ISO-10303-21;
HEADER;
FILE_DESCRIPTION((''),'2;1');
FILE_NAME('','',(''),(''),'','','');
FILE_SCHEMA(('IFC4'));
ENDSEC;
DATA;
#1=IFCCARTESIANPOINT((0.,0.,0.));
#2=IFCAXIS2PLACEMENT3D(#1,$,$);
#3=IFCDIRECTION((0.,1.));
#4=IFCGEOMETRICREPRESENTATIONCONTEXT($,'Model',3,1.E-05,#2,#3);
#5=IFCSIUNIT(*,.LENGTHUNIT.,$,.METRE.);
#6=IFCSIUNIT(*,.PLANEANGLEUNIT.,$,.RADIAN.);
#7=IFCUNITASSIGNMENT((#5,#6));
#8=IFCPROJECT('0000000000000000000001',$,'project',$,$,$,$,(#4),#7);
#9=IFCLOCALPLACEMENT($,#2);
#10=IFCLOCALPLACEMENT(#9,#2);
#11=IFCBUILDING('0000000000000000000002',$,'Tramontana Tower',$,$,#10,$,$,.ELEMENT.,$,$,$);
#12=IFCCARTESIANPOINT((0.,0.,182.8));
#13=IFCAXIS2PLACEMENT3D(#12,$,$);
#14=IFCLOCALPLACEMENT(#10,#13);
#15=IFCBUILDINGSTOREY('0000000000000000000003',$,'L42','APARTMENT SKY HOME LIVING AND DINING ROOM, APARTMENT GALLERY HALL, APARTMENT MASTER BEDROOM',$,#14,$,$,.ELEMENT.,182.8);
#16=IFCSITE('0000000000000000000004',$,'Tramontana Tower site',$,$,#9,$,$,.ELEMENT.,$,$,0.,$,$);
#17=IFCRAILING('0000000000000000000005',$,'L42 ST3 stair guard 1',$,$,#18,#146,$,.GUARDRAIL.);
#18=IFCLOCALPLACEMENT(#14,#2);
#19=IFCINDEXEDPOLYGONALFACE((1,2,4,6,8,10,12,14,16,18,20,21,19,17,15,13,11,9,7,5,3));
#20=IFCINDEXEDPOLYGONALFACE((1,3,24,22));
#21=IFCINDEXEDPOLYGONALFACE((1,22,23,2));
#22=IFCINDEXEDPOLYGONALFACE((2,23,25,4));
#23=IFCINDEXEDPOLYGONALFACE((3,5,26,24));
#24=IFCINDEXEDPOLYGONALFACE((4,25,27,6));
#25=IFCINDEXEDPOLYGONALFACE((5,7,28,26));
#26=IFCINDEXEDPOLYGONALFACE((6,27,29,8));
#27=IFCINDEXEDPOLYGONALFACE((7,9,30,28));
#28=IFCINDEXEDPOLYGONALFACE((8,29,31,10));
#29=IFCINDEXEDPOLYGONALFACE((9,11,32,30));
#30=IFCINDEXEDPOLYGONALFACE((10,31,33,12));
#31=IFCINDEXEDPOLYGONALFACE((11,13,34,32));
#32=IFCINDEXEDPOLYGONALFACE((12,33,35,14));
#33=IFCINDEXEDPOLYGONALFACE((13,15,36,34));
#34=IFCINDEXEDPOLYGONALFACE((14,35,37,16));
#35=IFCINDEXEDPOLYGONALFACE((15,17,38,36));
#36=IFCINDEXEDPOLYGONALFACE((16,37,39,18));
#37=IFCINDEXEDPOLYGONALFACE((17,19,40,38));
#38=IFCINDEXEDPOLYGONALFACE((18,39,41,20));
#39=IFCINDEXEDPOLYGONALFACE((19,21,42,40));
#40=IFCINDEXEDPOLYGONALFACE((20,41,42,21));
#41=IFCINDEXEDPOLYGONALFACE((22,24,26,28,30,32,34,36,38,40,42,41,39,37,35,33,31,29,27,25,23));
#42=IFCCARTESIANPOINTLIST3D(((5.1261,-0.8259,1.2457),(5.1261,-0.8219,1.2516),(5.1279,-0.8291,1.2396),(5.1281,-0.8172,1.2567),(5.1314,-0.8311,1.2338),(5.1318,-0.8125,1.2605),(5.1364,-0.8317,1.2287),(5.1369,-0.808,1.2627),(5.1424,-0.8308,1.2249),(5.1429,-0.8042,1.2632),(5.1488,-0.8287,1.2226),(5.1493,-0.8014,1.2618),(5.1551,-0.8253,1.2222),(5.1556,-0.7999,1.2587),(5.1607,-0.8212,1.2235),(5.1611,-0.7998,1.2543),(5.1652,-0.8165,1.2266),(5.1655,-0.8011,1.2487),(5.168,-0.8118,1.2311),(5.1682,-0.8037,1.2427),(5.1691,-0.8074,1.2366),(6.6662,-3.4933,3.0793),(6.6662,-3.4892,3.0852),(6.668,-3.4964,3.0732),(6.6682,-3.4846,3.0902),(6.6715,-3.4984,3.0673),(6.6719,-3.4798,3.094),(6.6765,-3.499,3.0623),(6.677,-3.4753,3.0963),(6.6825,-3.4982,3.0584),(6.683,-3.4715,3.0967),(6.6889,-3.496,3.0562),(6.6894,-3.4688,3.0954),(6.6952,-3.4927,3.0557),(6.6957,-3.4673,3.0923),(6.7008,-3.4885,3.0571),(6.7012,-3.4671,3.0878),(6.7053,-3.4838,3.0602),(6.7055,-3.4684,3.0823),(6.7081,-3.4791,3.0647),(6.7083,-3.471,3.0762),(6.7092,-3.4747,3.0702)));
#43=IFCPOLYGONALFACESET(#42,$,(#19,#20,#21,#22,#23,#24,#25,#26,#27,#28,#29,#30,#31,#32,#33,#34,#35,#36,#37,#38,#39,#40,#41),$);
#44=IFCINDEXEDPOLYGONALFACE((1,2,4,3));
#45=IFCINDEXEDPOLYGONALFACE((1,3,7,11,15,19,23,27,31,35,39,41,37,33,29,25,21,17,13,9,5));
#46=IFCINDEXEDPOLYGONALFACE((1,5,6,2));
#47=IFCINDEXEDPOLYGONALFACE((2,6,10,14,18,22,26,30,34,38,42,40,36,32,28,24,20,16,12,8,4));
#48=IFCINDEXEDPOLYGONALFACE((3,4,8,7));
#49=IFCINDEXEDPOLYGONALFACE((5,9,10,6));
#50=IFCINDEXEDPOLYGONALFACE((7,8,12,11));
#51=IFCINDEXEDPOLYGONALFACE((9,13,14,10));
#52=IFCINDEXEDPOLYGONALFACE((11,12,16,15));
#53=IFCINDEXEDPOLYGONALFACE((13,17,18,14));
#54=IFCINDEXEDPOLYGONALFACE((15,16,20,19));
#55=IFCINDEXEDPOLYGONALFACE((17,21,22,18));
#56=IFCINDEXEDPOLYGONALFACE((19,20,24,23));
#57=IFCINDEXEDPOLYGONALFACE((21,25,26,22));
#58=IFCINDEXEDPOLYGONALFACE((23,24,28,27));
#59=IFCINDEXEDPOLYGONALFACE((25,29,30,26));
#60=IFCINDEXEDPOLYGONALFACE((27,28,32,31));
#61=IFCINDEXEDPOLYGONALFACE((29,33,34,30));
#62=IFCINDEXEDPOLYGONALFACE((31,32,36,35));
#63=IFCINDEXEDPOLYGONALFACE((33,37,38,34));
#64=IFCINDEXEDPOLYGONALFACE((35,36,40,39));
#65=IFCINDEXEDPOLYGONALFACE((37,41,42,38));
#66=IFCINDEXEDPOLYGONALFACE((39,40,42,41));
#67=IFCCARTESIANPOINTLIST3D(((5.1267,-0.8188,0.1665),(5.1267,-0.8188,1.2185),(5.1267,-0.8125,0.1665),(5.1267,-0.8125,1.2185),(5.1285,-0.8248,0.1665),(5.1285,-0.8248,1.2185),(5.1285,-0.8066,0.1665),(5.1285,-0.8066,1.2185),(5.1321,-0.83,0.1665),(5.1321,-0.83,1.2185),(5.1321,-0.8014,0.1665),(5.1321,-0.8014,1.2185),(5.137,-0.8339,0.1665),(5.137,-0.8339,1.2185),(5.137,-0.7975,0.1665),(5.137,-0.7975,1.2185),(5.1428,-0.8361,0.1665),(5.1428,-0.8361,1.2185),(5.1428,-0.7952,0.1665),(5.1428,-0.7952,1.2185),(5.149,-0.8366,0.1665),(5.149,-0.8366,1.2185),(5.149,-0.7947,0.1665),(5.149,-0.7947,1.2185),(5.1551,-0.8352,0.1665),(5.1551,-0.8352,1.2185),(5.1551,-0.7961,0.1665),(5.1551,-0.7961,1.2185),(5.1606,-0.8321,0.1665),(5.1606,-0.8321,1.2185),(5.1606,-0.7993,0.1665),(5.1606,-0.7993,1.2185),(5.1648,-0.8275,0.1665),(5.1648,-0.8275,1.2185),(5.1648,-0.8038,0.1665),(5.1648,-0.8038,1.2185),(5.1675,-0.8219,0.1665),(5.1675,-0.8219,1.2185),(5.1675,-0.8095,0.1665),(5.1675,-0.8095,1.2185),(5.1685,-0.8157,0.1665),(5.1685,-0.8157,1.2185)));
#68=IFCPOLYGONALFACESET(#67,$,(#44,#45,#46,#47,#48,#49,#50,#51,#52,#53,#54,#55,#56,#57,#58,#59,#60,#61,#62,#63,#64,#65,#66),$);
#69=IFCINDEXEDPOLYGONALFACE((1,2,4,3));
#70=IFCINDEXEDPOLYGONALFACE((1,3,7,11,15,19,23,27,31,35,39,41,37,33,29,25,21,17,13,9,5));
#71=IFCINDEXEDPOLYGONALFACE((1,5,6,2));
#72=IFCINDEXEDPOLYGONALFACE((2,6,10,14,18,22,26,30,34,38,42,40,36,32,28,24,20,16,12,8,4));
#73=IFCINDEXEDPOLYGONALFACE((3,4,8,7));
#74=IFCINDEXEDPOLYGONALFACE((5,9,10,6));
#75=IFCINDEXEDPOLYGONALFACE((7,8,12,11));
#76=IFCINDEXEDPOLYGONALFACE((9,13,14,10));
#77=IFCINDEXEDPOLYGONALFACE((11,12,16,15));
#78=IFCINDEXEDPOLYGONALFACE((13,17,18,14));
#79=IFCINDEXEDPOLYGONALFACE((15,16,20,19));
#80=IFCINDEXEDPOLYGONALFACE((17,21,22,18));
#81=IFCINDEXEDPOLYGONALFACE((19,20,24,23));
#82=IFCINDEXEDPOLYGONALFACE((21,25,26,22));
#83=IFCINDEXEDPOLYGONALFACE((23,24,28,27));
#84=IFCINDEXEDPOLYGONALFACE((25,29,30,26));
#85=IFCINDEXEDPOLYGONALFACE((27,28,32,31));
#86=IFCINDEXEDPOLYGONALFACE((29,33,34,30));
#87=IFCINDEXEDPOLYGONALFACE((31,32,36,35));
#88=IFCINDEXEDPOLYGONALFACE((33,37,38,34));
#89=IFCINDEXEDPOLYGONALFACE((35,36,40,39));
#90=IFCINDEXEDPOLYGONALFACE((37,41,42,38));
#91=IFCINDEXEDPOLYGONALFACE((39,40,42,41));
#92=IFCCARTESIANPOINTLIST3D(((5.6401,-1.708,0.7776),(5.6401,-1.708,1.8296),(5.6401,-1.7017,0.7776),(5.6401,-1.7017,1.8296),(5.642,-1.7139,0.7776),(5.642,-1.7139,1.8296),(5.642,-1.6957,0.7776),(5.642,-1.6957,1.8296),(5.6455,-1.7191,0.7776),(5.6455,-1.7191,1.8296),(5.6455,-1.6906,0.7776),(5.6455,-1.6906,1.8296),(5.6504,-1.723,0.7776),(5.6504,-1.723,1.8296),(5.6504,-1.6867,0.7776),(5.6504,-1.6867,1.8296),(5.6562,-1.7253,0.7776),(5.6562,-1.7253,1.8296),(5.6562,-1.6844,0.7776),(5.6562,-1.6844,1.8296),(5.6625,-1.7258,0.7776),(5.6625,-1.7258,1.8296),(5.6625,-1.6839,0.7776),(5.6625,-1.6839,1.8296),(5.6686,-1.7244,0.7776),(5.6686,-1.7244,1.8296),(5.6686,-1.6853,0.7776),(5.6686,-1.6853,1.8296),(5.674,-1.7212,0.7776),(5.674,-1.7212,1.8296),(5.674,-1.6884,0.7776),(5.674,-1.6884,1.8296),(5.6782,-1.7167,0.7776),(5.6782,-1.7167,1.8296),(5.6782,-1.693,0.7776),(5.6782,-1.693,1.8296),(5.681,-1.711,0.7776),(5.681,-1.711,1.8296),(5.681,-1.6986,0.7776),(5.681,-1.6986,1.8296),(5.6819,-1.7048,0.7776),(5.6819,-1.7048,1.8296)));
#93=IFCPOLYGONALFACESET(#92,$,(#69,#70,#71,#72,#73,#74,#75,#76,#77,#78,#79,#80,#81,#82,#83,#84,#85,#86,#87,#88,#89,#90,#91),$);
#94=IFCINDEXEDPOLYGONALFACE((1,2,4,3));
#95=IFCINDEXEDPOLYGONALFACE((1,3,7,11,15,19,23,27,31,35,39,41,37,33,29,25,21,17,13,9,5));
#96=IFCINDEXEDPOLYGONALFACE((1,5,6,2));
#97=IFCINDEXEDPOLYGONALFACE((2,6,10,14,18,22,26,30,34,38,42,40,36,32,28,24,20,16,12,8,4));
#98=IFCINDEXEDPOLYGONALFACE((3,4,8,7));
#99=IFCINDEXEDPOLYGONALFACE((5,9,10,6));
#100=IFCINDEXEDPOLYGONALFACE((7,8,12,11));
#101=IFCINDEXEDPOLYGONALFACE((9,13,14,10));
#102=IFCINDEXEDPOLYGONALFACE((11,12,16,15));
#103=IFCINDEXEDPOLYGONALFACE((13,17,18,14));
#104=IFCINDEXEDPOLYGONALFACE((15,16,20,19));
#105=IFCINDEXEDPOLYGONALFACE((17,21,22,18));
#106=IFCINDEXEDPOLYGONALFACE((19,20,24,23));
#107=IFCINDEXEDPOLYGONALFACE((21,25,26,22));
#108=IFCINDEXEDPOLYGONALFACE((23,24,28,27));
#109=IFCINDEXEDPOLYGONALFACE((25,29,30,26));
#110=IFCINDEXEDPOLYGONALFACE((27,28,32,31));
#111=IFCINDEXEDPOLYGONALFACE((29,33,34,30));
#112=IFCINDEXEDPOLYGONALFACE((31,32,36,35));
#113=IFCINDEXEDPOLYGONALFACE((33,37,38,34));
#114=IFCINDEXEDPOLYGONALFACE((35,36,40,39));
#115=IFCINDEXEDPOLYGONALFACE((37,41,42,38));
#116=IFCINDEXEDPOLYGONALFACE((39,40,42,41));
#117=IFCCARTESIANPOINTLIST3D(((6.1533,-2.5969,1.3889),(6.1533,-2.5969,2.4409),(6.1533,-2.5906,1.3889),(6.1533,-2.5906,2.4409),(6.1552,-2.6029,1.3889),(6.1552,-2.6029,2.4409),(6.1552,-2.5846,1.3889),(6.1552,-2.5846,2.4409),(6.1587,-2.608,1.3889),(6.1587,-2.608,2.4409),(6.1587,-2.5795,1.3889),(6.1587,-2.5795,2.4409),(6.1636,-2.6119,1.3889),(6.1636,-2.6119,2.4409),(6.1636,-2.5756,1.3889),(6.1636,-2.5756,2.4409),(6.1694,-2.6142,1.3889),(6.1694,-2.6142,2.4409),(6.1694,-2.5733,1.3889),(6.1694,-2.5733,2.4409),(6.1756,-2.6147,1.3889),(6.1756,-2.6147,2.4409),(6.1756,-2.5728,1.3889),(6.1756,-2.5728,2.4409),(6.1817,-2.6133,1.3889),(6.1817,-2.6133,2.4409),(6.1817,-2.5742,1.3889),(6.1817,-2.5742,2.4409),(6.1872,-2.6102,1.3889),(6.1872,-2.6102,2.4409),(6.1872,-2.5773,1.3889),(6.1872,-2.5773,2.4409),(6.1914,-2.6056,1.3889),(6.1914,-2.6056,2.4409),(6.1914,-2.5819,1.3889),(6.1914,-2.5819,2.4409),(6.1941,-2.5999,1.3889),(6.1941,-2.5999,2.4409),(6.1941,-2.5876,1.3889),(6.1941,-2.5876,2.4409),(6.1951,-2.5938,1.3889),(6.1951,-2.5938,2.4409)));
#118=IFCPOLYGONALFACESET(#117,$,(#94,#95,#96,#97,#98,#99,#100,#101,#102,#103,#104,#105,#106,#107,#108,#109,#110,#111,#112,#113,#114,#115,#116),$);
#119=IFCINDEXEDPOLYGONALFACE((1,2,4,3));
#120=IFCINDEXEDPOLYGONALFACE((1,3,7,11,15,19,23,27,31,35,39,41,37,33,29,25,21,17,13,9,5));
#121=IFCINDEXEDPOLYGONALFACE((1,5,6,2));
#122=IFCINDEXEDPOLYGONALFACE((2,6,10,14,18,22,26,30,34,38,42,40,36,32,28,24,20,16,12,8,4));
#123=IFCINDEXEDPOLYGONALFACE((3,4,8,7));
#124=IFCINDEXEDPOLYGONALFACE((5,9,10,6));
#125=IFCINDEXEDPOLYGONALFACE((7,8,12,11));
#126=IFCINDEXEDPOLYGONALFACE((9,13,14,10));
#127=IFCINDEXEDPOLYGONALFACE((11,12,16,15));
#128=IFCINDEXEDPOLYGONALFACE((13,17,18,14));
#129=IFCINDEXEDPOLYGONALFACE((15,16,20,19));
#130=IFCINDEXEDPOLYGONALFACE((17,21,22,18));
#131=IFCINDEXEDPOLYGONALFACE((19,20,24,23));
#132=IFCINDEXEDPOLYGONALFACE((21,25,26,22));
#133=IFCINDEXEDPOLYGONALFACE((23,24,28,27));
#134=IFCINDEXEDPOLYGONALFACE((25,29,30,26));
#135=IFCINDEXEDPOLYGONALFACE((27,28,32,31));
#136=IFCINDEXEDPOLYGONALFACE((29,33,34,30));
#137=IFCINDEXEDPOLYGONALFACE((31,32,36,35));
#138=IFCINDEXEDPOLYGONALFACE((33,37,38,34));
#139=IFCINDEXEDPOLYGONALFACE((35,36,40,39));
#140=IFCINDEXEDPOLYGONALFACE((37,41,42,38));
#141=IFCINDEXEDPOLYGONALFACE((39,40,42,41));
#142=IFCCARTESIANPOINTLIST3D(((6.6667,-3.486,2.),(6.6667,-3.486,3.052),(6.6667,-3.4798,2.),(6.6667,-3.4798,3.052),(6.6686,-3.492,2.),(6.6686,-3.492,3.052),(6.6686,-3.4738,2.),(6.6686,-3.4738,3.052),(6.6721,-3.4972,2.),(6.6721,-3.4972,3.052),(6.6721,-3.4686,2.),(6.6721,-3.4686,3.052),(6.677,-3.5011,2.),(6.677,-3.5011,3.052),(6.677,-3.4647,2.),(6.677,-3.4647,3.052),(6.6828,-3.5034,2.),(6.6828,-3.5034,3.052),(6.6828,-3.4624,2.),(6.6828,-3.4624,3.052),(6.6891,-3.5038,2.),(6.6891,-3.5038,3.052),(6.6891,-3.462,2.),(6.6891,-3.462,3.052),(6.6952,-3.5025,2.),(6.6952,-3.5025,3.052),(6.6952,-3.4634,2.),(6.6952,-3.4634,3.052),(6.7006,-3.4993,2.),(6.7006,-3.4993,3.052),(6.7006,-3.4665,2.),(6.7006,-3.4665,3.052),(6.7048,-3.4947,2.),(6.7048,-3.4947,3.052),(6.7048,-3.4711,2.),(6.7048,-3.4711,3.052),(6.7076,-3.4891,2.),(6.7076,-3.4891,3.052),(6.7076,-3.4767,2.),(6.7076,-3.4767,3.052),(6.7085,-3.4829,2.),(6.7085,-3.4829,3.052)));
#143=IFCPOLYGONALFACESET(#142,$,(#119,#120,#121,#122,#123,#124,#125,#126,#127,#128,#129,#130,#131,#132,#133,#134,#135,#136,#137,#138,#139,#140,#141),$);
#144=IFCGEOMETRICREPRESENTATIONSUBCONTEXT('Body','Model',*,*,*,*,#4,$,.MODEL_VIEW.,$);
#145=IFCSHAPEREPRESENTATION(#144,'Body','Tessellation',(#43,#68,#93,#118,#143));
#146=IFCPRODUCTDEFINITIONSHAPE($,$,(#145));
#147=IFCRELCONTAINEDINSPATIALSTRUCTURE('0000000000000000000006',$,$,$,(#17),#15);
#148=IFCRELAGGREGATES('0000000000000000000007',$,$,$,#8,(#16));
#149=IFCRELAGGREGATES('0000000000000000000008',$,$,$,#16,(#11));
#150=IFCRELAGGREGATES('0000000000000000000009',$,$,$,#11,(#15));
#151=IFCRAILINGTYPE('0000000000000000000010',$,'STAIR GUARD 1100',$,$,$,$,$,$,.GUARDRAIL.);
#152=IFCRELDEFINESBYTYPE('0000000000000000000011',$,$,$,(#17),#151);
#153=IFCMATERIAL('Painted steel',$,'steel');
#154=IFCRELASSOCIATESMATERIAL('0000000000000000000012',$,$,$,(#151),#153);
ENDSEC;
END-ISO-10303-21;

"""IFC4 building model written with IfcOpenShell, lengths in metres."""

from ifc_helpers import new_model, si_unit, direction, frame, origin, origin_2d, place, context, subcontext, project, spatial, circle, extrude, material, type_object, element, save


model = new_model("IFC4")

# Units and contexts
model_context = context("Model", 3, precision=1e-05, world=origin(), true_north=direction((0.0, 1.0)))
body_context = subcontext(model_context, "Body", "Model", "MODEL_VIEW")
ifc_project = project(units=[si_unit("LENGTHUNIT", "METRE"), si_unit("PLANEANGLEUNIT", "RADIAN")], contexts=[model_context])

# Site, building, storey
site_placement = place(None, origin())
site = spatial("IfcSite", under=ifc_project, at=site_placement, Name="Tramontana Tower site", CompositionType="ELEMENT", RefElevation=0.0)
building_placement = place(site_placement, origin())
building = spatial("IfcBuilding", under=site, at=building_placement, Name="Tramontana Tower", CompositionType="ELEMENT")
storey_placement = place(building_placement, frame((0.0, 0.0, 182.8)))
storey = spatial("IfcBuildingStorey", under=building, at=storey_placement, Name="L42", Description="APARTMENT SKY HOME LIVING AND DINING ROOM, APARTMENT GALLERY HALL, APARTMENT MASTER BEDROOM", CompositionType="ELEMENT", Elevation=182.8)

# Railing
ifc_material_1 = material(Name="Painted steel", Category="steel")
railing_type_1 = type_object("IfcRailingType", Name="STAIR GUARD 1100", PredefinedType="GUARDRAIL", material=ifc_material_1)
railing_1_placement = place(storey_placement, frame((5.1475, -0.8157, 0.1665)))
element("IfcRailing", 1, at=railing_1_placement, inside=storey, type_object=railing_type_1, Name="L42 ST3 stair guard 1", PredefinedType="GUARDRAIL", context=body_context, shape_type="SweptSolid", body=[
    extrude(circle(Radius=0.0239, at=origin_2d()), frame((0.0, 0.0, 1.0762), z_axis=(0.429656, -0.744134, 0.511528), x_axis=(0.86601, 0.500027, 0.0)), (0.0, 0.0, 1.0), 3.5845),
    extrude(circle(Radius=0.021, at=origin_2d()), origin(), (0.0, 0.0, 1.0), 1.052),
    extrude(circle(Radius=0.021, at=origin_2d()), frame((0.5134, -0.8892, 0.6111)), (0.0, 0.0, 1.0), 1.052),
    extrude(circle(Radius=0.021, at=origin_2d()), frame((1.0266, -1.7781, 1.2224)), (0.0, 0.0, 1.0), 1.052),
    extrude(circle(Radius=0.021, at=origin_2d()), frame((1.54, -2.6672, 1.8335)), (0.0, 0.0, 1.0), 1.052),
])

save(model, "model.ifc")
